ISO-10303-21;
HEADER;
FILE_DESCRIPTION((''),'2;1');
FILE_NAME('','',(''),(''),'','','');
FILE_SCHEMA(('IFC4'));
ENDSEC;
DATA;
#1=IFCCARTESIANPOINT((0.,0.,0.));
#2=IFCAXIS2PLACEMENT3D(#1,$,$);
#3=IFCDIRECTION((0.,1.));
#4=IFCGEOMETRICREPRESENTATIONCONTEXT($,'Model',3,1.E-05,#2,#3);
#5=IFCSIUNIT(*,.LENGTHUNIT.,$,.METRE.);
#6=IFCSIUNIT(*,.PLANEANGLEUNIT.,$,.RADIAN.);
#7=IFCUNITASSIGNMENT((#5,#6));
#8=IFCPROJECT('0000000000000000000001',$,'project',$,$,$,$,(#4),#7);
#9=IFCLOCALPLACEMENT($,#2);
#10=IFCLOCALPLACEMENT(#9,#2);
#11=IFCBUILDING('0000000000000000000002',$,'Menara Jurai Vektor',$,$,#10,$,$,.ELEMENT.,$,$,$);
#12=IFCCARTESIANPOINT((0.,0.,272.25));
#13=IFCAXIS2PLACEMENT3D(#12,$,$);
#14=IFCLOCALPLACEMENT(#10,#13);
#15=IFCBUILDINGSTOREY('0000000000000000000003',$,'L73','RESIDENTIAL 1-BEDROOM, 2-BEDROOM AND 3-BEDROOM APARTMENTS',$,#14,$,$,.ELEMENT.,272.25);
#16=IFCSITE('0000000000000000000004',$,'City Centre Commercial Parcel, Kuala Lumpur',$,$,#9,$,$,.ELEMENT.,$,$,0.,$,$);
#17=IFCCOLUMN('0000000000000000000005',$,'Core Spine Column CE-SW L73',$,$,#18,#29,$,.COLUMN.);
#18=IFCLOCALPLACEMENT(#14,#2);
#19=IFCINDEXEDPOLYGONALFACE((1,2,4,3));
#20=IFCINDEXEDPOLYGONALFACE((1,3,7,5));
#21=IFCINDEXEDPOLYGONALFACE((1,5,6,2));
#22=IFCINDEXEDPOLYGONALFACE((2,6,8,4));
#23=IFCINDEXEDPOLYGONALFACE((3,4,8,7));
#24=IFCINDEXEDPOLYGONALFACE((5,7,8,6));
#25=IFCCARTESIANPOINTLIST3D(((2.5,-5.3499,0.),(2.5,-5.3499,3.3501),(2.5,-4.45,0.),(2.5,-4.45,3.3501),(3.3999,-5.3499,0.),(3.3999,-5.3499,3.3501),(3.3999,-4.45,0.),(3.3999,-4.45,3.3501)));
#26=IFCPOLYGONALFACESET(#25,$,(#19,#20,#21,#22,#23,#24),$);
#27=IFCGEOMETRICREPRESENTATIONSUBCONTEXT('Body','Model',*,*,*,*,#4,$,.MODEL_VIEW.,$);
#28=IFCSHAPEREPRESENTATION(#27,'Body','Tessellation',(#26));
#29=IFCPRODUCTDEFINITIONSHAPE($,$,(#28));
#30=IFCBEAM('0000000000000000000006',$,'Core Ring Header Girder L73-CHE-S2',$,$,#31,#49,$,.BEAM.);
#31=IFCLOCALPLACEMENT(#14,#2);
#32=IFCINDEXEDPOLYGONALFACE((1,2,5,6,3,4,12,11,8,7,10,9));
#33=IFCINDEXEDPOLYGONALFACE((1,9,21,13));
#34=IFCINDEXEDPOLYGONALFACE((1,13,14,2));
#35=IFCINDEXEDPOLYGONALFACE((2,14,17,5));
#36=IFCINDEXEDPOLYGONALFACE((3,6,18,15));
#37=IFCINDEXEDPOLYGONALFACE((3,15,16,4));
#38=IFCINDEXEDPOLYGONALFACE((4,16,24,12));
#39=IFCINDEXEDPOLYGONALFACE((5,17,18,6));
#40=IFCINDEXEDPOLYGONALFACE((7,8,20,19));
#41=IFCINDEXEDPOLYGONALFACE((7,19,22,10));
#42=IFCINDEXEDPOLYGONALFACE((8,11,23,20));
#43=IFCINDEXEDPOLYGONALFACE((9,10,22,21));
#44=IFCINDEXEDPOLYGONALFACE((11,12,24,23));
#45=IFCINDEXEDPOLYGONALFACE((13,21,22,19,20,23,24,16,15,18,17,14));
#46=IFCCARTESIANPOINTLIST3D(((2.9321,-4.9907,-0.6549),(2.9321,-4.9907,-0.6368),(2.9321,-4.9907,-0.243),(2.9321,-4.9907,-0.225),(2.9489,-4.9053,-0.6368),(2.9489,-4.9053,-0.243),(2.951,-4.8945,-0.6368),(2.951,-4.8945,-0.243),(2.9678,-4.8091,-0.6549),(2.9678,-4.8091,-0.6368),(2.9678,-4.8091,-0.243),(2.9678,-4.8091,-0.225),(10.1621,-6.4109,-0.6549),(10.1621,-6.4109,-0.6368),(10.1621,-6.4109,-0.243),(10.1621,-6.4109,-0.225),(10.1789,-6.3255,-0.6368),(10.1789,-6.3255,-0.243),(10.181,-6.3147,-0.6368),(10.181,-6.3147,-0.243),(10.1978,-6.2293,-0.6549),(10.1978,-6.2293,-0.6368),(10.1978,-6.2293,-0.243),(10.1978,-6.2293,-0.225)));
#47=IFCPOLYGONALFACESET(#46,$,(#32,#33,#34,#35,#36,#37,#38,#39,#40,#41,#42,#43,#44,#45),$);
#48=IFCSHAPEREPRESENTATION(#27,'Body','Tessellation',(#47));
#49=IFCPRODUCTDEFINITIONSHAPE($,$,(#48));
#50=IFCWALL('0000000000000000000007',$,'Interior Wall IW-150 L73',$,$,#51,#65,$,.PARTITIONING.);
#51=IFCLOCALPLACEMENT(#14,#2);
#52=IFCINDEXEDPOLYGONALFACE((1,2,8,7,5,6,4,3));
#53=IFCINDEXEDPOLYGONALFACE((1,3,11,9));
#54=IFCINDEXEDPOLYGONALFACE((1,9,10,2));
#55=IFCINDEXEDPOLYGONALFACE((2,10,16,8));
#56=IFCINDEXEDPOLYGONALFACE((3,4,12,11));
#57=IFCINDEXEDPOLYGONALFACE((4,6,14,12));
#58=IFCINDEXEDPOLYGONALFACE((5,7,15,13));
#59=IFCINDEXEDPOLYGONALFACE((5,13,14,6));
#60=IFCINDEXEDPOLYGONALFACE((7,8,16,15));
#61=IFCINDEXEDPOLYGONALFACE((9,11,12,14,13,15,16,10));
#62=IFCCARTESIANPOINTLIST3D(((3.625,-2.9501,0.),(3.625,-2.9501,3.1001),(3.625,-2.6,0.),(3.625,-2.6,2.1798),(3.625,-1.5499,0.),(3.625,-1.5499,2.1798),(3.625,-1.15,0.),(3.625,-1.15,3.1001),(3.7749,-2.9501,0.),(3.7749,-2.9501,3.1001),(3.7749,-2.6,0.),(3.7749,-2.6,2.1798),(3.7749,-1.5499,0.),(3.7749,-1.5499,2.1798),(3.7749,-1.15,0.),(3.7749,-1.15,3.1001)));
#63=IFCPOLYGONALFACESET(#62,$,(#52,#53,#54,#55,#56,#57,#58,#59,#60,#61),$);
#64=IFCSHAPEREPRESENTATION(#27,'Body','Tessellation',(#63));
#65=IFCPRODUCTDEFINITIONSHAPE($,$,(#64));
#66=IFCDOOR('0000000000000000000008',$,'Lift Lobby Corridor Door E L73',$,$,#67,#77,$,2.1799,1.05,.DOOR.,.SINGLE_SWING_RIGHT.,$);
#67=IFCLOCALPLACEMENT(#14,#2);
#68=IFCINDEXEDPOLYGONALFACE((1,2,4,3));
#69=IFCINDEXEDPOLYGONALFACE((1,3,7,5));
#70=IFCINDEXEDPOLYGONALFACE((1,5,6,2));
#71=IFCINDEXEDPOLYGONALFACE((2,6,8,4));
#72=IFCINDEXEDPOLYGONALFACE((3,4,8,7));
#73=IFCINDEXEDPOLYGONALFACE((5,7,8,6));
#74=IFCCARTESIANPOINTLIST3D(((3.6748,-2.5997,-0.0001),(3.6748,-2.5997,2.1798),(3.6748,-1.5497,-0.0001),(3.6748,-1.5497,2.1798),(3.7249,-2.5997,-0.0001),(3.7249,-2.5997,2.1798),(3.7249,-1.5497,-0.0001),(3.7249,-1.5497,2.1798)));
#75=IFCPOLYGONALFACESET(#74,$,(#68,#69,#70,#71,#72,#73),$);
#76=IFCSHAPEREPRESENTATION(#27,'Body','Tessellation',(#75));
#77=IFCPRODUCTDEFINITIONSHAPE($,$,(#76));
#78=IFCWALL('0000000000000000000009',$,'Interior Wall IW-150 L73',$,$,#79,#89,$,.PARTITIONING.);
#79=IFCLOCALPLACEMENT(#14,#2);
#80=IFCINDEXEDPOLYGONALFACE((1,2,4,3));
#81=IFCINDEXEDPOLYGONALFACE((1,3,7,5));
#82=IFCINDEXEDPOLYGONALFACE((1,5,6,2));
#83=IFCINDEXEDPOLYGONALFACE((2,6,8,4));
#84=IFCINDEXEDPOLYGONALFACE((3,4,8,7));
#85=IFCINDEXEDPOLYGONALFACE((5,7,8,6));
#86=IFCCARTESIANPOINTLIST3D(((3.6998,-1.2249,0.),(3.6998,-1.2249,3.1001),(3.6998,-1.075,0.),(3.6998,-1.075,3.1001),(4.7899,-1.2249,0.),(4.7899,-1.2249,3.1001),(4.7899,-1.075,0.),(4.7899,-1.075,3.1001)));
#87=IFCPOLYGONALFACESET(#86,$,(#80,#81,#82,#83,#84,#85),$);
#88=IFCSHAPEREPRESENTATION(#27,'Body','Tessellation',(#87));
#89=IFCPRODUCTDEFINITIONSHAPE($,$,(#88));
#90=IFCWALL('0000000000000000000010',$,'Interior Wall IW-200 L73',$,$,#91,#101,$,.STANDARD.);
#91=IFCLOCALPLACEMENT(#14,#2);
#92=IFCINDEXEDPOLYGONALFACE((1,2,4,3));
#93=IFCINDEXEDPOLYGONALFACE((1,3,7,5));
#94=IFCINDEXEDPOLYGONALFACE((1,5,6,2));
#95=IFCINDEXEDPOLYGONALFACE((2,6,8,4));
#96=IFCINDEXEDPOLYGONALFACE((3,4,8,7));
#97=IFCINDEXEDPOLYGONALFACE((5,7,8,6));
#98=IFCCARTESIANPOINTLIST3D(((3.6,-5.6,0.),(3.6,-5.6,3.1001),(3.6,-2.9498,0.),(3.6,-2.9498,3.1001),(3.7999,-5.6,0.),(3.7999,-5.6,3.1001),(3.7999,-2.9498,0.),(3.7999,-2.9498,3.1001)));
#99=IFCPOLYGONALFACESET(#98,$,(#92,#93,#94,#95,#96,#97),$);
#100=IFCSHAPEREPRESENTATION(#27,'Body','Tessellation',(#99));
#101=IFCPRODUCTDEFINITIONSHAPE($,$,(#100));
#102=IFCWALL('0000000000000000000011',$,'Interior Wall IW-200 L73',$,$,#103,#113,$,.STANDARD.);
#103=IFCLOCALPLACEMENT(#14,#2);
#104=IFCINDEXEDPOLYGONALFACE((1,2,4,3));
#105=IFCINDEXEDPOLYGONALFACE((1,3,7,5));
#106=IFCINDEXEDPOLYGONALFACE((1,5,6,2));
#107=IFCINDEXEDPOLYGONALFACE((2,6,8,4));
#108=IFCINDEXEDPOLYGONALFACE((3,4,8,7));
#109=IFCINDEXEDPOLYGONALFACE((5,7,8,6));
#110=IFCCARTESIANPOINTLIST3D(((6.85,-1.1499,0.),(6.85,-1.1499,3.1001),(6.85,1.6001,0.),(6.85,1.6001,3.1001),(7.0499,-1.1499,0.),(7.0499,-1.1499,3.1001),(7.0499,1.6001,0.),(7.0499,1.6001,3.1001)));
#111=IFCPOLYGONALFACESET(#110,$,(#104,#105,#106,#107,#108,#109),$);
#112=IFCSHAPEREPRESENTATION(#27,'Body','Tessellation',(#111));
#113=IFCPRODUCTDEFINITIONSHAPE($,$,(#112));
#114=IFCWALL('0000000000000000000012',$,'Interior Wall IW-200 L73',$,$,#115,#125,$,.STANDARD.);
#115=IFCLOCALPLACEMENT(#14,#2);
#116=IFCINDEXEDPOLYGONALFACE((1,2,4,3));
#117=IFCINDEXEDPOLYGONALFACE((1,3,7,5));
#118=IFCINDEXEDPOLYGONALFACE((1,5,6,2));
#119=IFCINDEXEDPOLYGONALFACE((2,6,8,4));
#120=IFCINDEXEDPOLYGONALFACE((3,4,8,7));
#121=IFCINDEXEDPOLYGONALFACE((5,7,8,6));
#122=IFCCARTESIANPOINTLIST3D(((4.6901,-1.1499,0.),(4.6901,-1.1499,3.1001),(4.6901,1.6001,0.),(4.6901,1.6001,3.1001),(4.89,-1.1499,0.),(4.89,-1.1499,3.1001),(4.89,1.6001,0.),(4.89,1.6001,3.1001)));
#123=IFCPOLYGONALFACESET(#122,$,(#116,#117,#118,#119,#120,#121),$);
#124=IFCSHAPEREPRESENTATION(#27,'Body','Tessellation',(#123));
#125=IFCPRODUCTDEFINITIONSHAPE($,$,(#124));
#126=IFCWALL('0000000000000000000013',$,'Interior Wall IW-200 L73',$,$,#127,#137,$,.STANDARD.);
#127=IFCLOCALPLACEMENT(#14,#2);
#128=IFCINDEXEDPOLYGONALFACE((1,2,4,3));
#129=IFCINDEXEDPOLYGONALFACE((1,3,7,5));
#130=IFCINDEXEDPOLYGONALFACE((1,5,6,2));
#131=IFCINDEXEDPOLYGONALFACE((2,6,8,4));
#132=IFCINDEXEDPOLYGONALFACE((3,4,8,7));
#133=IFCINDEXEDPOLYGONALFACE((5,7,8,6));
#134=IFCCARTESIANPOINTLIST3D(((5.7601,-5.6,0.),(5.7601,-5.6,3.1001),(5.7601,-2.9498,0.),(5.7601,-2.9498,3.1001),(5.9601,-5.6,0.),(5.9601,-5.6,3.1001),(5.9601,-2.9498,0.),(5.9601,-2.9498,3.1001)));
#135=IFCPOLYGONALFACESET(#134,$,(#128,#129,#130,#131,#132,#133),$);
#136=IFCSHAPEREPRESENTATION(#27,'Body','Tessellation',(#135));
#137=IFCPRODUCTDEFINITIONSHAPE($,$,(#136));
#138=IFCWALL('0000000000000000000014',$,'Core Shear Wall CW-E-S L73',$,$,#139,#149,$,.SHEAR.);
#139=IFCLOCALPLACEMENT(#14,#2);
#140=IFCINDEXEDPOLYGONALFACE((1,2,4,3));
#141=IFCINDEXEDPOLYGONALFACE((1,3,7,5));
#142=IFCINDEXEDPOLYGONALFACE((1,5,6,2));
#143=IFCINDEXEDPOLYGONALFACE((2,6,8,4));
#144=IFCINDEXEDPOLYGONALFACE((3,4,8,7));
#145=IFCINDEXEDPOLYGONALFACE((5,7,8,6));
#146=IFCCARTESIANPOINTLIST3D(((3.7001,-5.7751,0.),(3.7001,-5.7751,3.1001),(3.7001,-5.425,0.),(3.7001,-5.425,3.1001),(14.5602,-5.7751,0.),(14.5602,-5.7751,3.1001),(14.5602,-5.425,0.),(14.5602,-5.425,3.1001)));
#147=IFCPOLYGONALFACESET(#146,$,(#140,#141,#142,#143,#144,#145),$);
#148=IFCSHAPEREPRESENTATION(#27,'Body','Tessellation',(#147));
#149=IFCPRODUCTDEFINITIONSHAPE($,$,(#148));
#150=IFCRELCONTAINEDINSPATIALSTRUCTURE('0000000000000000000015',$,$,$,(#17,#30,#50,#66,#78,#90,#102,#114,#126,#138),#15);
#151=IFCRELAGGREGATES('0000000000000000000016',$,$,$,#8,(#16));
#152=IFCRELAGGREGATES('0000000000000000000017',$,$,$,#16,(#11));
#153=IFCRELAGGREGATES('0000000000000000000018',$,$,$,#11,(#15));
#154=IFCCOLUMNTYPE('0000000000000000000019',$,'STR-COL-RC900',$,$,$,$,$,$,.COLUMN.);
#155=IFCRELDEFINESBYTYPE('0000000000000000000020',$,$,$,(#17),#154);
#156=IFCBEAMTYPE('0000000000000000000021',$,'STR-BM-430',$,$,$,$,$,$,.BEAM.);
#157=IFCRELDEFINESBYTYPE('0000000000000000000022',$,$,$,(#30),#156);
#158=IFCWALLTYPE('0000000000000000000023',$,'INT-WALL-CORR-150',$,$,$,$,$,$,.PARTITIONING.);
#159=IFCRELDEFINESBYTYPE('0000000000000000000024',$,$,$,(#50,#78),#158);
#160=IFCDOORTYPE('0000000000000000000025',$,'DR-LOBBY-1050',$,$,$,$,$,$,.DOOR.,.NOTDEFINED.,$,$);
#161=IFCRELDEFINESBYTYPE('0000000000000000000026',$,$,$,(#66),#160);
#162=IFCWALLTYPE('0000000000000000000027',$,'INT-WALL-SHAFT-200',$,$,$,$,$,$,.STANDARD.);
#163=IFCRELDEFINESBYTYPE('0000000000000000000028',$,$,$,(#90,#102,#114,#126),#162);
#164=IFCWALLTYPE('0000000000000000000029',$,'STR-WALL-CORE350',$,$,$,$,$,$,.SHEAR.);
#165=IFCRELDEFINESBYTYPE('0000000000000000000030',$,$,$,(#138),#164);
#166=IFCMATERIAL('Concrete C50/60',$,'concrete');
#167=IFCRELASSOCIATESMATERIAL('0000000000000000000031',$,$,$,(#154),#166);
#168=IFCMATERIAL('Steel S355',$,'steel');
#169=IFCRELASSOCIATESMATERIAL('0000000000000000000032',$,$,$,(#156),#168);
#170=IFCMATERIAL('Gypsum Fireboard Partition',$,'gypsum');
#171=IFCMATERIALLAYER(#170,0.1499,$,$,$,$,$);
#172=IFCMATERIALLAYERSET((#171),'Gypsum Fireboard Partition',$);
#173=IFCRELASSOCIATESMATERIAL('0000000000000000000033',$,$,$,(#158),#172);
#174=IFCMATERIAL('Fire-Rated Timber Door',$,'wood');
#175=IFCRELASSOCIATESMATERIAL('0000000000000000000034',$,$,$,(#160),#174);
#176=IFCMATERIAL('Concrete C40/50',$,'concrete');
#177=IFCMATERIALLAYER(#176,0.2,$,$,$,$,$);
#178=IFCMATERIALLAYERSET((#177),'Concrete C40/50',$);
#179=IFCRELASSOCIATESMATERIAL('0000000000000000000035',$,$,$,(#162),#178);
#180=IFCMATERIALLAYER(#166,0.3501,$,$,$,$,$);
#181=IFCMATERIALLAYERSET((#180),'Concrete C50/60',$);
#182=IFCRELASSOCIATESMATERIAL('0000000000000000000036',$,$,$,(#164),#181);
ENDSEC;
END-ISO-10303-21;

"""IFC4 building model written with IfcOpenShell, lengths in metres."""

from ifc_helpers import new_model, si_unit, direction, frame, frame_2d, origin, origin_2d, place, context, subcontext, project, spatial, rectangle, i_section, extrude, material, layer, layer_set, material_profile, profile_set, type_object, element, fill, save


model = new_model("IFC4")

# Units and contexts
model_context = context("Model", 3, precision=1e-05, world=origin(), true_north=direction((0.0, 1.0)))
body_context = subcontext(model_context, "Body", "Model", "MODEL_VIEW")
ifc_project = project(units=[si_unit("LENGTHUNIT", "METRE"), si_unit("PLANEANGLEUNIT", "RADIAN")], contexts=[model_context])

# Site, building, storey
site_placement = place(None, origin())
site = spatial("IfcSite", under=ifc_project, at=site_placement, Name="City Centre Commercial Parcel, Kuala Lumpur", CompositionType="ELEMENT", RefElevation=0.0)
building_placement = place(site_placement, origin())
building = spatial("IfcBuilding", under=site, at=building_placement, Name="Menara Jurai Vektor", CompositionType="ELEMENT")
storey_placement = place(building_placement, frame((0.0, 0.0, 272.25)))
storey = spatial("IfcBuildingStorey", under=building, at=storey_placement, Name="L73", Description="RESIDENTIAL 1-BEDROOM, 2-BEDROOM AND 3-BEDROOM APARTMENTS", CompositionType="ELEMENT", Elevation=272.25)

# Column
ifc_material_1 = material(Name="Concrete C50/60", Category="concrete")
ifc_material_profile_1 = material_profile(ifc_material_1, rectangle(XDim=0.8999, YDim=0.8999, at=origin_2d()), Name="RC 900x900")
ifc_profile_set_1 = profile_set([ifc_material_profile_1], Name="Concrete C50/60")
column_type = type_object("IfcColumnType", Name="STR-COL-RC900", PredefinedType="COLUMN", material=ifc_profile_set_1)
column_placement = place(storey_placement, frame((2.95, -4.8999, 0.0), z_axis=(0.0, 0.0, 1.0), x_axis=(1.0, 0.0, 0.0)))
element("IfcColumn", 1, at=column_placement, inside=storey, type_object=column_type, Name="Core Spine Column CE-SW L73", PredefinedType="COLUMN", context=body_context, shape_type="SweptSolid", body=[
    extrude(rectangle(XDim=0.8999, YDim=0.8999, at=origin_2d()), origin(), (0.0, 0.0, 1.0), 3.3501),
])

# Beam
ifc_material_2 = material(Name="Steel S355", Category="steel")
ifc_material_profile_2 = material_profile(ifc_material_2, i_section(OverallWidth=0.1851, OverallDepth=0.4299, WebThickness=0.011, FlangeThickness=0.0181, at=origin_2d()), Name="PG 430x185x76")
ifc_profile_set_2 = profile_set([ifc_material_profile_2], Name="Steel S355")
beam_type = type_object("IfcBeamType", Name="STR-BM-430", PredefinedType="BEAM", material=ifc_profile_set_2)
beam_placement = place(storey_placement, frame((2.95, -4.8999, -0.4399), z_axis=(0.981249, -0.192744, 0.0), x_axis=(0.192744, 0.981249, 0.0)))
element("IfcBeam", 2, at=beam_placement, inside=storey, type_object=beam_type, Name="Core Ring Header Girder L73-CHE-S2", PredefinedType="BEAM", context=body_context, shape_type="SweptSolid", body=[
    extrude(i_section(OverallWidth=0.1851, OverallDepth=0.4299, WebThickness=0.011, FlangeThickness=0.0181, at=origin_2d()), origin(), (0.0, 0.0, 1.0), 7.3682),
])

# Wall, opening, door
ifc_material_3 = material(Name="Gypsum Fireboard Partition", Category="gypsum")
ifc_layer_1 = layer(ifc_material_3, 0.1499)
ifc_layer_set_1 = layer_set([ifc_layer_1], Name="Gypsum Fireboard Partition")
wall_type_1 = type_object("IfcWallType", Name="INT-WALL-CORR-150", PredefinedType="PARTITIONING", material=ifc_layer_set_1)
wall_1_placement = place(storey_placement, frame((3.7, -2.95, 0.0), z_axis=(0.0, 0.0, 1.0), x_axis=(0.0, 1.0, 0.0)))
wall_1 = element("IfcWall", 3, at=wall_1_placement, inside=storey, type_object=wall_type_1, Name="Interior Wall IW-150 L73", PredefinedType="PARTITIONING", context=body_context, shape_type="SweptSolid", body=[
    extrude(rectangle(XDim=1.8, YDim=0.1499, at=frame_2d((0.8999, 0.0))), origin(), (0.0, 0.0, 1.0), 3.1001),
])
opening_1_placement = place(wall_1_placement, frame((0.3501, 0.0, 0.0)))
opening_1 = element("IfcOpeningElement", 4, at=opening_1_placement, cuts=wall_1, PredefinedType="OPENING", context=body_context, shape_type="SweptSolid", body=[
    extrude(rectangle(XDim=1.05, YDim=2.1799, at=frame_2d((0.5249, 1.0898))), frame((0.0, 0.085, 0.0), z_axis=(0.0, -1.0, 0.0), x_axis=(1.0, 0.0, 0.0)), (0.0, 0.0, 1.0), 0.1699),
])
ifc_material_4 = material(Name="Fire-Rated Timber Door", Category="wood")
door_type_1 = type_object("IfcDoorType", Name="DR-LOBBY-1050", OperationType="NOTDEFINED", PredefinedType="DOOR", material=ifc_material_4)
door_1_placement = place(opening_1_placement, frame((1.05, 0.0, 0.0), z_axis=(0.0, 0.0, 1.0), x_axis=(-1.0, 0.0, 0.0)))
door_1 = element("IfcDoor", 5, at=door_1_placement, inside=storey, type_object=door_type_1, Name="Lift Lobby Corridor Door E L73", OperationType="SINGLE_SWING_RIGHT", OverallHeight=2.1799, OverallWidth=1.05, PredefinedType="DOOR", context=body_context, shape_type="SweptSolid", body=[
    extrude(rectangle(XDim=1.05, YDim=2.1799, at=frame_2d((0.5249, 1.0898))), frame((0.0, 0.0249, 0.0), z_axis=(0.0, -1.0, 0.0), x_axis=(1.0, 0.0, 0.0)), (0.0, 0.0, 1.0), 0.05),
])
fill(opening_1, door_1)

# Wall
wall_2_placement = place(storey_placement, frame((3.7, -1.1499, 0.0), z_axis=(0.0, 0.0, 1.0), x_axis=(1.0, 0.0, 0.0)))
element("IfcWall", 6, at=wall_2_placement, inside=storey, type_object=wall_type_1, Name="Interior Wall IW-150 L73", PredefinedType="PARTITIONING", context=body_context, shape_type="SweptSolid", body=[
    extrude(rectangle(XDim=1.0901, YDim=0.1499, at=frame_2d((0.5449, 0.0))), origin(), (0.0, 0.0, 1.0), 3.1001),
])

# Shared definitions
ifc_material_5 = material(Name="Concrete C40/50", Category="concrete")
ifc_layer_2 = layer(ifc_material_5, 0.2)
ifc_layer_set_2 = layer_set([ifc_layer_2], Name="Concrete C40/50")
wall_type_2 = type_object("IfcWallType", Name="INT-WALL-SHAFT-200", PredefinedType="STANDARD", material=ifc_layer_set_2)

# Walls
wall_3_placement = place(storey_placement, frame((3.7, -5.6001, 0.0), z_axis=(0.0, 0.0, 1.0), x_axis=(0.0, 1.0, 0.0)))
element("IfcWall", 7, at=wall_3_placement, inside=storey, type_object=wall_type_2, Name="Interior Wall IW-200 L73", PredefinedType="STANDARD", context=body_context, shape_type="SweptSolid", body=[
    extrude(rectangle(XDim=2.6501, YDim=0.2, at=frame_2d((1.3252, 0.0))), origin(), (0.0, 0.0, 1.0), 3.1001),
])
wall_4_placement = place(storey_placement, frame((6.95, -1.1499, 0.0), z_axis=(0.0, 0.0, 1.0), x_axis=(0.0, 1.0, 0.0)))
element("IfcWall", 8, at=wall_4_placement, inside=storey, type_object=wall_type_2, Name="Interior Wall IW-200 L73", PredefinedType="STANDARD", context=body_context, shape_type="SweptSolid", body=[
    extrude(rectangle(XDim=2.75, YDim=0.2, at=frame_2d((1.375, 0.0))), origin(), (0.0, 0.0, 1.0), 3.1001),
])

# Wall
wall_5_placement = place(storey_placement, frame((4.79, -1.1499, 0.0), z_axis=(0.0, 0.0, 1.0), x_axis=(0.0, 1.0, 0.0)))
element("IfcWall", 9, at=wall_5_placement, inside=storey, type_object=wall_type_2, Name="Interior Wall IW-200 L73", PredefinedType="STANDARD", context=body_context, shape_type="SweptSolid", body=[
    extrude(rectangle(XDim=2.75, YDim=0.2, at=frame_2d((1.375, 0.0))), origin(), (0.0, 0.0, 1.0), 3.1001),
])

# Walls
wall_6_placement = place(storey_placement, frame((5.8601, -5.6001, 0.0), z_axis=(0.0, 0.0, 1.0), x_axis=(0.0, 1.0, 0.0)))
element("IfcWall", 10, at=wall_6_placement, inside=storey, type_object=wall_type_2, Name="Interior Wall IW-200 L73", PredefinedType="STANDARD", context=body_context, shape_type="SweptSolid", body=[
    extrude(rectangle(XDim=2.6501, YDim=0.2, at=frame_2d((1.3252, 0.0))), origin(), (0.0, 0.0, 1.0), 3.1001),
])
ifc_layer_3 = layer(ifc_material_1, 0.3501)
ifc_layer_set_3 = layer_set([ifc_layer_3], Name="Concrete C50/60")
wall_type_3 = type_object("IfcWallType", Name="STR-WALL-CORE350", PredefinedType="SHEAR", material=ifc_layer_set_3)
wall_7_placement = place(storey_placement, frame((3.7, -5.6001, 0.0), z_axis=(0.0, 0.0, 1.0), x_axis=(1.0, 0.0, 0.0)))
element("IfcWall", 11, at=wall_7_placement, inside=storey, type_object=wall_type_3, Name="Core Shear Wall CW-E-S L73", PredefinedType="SHEAR", context=body_context, shape_type="SweptSolid", body=[
    extrude(rectangle(XDim=10.8601, YDim=0.3501, at=frame_2d((5.4302, 0.0))), origin(), (0.0, 0.0, 1.0), 3.1001),
])

save(model, "model.ifc")
